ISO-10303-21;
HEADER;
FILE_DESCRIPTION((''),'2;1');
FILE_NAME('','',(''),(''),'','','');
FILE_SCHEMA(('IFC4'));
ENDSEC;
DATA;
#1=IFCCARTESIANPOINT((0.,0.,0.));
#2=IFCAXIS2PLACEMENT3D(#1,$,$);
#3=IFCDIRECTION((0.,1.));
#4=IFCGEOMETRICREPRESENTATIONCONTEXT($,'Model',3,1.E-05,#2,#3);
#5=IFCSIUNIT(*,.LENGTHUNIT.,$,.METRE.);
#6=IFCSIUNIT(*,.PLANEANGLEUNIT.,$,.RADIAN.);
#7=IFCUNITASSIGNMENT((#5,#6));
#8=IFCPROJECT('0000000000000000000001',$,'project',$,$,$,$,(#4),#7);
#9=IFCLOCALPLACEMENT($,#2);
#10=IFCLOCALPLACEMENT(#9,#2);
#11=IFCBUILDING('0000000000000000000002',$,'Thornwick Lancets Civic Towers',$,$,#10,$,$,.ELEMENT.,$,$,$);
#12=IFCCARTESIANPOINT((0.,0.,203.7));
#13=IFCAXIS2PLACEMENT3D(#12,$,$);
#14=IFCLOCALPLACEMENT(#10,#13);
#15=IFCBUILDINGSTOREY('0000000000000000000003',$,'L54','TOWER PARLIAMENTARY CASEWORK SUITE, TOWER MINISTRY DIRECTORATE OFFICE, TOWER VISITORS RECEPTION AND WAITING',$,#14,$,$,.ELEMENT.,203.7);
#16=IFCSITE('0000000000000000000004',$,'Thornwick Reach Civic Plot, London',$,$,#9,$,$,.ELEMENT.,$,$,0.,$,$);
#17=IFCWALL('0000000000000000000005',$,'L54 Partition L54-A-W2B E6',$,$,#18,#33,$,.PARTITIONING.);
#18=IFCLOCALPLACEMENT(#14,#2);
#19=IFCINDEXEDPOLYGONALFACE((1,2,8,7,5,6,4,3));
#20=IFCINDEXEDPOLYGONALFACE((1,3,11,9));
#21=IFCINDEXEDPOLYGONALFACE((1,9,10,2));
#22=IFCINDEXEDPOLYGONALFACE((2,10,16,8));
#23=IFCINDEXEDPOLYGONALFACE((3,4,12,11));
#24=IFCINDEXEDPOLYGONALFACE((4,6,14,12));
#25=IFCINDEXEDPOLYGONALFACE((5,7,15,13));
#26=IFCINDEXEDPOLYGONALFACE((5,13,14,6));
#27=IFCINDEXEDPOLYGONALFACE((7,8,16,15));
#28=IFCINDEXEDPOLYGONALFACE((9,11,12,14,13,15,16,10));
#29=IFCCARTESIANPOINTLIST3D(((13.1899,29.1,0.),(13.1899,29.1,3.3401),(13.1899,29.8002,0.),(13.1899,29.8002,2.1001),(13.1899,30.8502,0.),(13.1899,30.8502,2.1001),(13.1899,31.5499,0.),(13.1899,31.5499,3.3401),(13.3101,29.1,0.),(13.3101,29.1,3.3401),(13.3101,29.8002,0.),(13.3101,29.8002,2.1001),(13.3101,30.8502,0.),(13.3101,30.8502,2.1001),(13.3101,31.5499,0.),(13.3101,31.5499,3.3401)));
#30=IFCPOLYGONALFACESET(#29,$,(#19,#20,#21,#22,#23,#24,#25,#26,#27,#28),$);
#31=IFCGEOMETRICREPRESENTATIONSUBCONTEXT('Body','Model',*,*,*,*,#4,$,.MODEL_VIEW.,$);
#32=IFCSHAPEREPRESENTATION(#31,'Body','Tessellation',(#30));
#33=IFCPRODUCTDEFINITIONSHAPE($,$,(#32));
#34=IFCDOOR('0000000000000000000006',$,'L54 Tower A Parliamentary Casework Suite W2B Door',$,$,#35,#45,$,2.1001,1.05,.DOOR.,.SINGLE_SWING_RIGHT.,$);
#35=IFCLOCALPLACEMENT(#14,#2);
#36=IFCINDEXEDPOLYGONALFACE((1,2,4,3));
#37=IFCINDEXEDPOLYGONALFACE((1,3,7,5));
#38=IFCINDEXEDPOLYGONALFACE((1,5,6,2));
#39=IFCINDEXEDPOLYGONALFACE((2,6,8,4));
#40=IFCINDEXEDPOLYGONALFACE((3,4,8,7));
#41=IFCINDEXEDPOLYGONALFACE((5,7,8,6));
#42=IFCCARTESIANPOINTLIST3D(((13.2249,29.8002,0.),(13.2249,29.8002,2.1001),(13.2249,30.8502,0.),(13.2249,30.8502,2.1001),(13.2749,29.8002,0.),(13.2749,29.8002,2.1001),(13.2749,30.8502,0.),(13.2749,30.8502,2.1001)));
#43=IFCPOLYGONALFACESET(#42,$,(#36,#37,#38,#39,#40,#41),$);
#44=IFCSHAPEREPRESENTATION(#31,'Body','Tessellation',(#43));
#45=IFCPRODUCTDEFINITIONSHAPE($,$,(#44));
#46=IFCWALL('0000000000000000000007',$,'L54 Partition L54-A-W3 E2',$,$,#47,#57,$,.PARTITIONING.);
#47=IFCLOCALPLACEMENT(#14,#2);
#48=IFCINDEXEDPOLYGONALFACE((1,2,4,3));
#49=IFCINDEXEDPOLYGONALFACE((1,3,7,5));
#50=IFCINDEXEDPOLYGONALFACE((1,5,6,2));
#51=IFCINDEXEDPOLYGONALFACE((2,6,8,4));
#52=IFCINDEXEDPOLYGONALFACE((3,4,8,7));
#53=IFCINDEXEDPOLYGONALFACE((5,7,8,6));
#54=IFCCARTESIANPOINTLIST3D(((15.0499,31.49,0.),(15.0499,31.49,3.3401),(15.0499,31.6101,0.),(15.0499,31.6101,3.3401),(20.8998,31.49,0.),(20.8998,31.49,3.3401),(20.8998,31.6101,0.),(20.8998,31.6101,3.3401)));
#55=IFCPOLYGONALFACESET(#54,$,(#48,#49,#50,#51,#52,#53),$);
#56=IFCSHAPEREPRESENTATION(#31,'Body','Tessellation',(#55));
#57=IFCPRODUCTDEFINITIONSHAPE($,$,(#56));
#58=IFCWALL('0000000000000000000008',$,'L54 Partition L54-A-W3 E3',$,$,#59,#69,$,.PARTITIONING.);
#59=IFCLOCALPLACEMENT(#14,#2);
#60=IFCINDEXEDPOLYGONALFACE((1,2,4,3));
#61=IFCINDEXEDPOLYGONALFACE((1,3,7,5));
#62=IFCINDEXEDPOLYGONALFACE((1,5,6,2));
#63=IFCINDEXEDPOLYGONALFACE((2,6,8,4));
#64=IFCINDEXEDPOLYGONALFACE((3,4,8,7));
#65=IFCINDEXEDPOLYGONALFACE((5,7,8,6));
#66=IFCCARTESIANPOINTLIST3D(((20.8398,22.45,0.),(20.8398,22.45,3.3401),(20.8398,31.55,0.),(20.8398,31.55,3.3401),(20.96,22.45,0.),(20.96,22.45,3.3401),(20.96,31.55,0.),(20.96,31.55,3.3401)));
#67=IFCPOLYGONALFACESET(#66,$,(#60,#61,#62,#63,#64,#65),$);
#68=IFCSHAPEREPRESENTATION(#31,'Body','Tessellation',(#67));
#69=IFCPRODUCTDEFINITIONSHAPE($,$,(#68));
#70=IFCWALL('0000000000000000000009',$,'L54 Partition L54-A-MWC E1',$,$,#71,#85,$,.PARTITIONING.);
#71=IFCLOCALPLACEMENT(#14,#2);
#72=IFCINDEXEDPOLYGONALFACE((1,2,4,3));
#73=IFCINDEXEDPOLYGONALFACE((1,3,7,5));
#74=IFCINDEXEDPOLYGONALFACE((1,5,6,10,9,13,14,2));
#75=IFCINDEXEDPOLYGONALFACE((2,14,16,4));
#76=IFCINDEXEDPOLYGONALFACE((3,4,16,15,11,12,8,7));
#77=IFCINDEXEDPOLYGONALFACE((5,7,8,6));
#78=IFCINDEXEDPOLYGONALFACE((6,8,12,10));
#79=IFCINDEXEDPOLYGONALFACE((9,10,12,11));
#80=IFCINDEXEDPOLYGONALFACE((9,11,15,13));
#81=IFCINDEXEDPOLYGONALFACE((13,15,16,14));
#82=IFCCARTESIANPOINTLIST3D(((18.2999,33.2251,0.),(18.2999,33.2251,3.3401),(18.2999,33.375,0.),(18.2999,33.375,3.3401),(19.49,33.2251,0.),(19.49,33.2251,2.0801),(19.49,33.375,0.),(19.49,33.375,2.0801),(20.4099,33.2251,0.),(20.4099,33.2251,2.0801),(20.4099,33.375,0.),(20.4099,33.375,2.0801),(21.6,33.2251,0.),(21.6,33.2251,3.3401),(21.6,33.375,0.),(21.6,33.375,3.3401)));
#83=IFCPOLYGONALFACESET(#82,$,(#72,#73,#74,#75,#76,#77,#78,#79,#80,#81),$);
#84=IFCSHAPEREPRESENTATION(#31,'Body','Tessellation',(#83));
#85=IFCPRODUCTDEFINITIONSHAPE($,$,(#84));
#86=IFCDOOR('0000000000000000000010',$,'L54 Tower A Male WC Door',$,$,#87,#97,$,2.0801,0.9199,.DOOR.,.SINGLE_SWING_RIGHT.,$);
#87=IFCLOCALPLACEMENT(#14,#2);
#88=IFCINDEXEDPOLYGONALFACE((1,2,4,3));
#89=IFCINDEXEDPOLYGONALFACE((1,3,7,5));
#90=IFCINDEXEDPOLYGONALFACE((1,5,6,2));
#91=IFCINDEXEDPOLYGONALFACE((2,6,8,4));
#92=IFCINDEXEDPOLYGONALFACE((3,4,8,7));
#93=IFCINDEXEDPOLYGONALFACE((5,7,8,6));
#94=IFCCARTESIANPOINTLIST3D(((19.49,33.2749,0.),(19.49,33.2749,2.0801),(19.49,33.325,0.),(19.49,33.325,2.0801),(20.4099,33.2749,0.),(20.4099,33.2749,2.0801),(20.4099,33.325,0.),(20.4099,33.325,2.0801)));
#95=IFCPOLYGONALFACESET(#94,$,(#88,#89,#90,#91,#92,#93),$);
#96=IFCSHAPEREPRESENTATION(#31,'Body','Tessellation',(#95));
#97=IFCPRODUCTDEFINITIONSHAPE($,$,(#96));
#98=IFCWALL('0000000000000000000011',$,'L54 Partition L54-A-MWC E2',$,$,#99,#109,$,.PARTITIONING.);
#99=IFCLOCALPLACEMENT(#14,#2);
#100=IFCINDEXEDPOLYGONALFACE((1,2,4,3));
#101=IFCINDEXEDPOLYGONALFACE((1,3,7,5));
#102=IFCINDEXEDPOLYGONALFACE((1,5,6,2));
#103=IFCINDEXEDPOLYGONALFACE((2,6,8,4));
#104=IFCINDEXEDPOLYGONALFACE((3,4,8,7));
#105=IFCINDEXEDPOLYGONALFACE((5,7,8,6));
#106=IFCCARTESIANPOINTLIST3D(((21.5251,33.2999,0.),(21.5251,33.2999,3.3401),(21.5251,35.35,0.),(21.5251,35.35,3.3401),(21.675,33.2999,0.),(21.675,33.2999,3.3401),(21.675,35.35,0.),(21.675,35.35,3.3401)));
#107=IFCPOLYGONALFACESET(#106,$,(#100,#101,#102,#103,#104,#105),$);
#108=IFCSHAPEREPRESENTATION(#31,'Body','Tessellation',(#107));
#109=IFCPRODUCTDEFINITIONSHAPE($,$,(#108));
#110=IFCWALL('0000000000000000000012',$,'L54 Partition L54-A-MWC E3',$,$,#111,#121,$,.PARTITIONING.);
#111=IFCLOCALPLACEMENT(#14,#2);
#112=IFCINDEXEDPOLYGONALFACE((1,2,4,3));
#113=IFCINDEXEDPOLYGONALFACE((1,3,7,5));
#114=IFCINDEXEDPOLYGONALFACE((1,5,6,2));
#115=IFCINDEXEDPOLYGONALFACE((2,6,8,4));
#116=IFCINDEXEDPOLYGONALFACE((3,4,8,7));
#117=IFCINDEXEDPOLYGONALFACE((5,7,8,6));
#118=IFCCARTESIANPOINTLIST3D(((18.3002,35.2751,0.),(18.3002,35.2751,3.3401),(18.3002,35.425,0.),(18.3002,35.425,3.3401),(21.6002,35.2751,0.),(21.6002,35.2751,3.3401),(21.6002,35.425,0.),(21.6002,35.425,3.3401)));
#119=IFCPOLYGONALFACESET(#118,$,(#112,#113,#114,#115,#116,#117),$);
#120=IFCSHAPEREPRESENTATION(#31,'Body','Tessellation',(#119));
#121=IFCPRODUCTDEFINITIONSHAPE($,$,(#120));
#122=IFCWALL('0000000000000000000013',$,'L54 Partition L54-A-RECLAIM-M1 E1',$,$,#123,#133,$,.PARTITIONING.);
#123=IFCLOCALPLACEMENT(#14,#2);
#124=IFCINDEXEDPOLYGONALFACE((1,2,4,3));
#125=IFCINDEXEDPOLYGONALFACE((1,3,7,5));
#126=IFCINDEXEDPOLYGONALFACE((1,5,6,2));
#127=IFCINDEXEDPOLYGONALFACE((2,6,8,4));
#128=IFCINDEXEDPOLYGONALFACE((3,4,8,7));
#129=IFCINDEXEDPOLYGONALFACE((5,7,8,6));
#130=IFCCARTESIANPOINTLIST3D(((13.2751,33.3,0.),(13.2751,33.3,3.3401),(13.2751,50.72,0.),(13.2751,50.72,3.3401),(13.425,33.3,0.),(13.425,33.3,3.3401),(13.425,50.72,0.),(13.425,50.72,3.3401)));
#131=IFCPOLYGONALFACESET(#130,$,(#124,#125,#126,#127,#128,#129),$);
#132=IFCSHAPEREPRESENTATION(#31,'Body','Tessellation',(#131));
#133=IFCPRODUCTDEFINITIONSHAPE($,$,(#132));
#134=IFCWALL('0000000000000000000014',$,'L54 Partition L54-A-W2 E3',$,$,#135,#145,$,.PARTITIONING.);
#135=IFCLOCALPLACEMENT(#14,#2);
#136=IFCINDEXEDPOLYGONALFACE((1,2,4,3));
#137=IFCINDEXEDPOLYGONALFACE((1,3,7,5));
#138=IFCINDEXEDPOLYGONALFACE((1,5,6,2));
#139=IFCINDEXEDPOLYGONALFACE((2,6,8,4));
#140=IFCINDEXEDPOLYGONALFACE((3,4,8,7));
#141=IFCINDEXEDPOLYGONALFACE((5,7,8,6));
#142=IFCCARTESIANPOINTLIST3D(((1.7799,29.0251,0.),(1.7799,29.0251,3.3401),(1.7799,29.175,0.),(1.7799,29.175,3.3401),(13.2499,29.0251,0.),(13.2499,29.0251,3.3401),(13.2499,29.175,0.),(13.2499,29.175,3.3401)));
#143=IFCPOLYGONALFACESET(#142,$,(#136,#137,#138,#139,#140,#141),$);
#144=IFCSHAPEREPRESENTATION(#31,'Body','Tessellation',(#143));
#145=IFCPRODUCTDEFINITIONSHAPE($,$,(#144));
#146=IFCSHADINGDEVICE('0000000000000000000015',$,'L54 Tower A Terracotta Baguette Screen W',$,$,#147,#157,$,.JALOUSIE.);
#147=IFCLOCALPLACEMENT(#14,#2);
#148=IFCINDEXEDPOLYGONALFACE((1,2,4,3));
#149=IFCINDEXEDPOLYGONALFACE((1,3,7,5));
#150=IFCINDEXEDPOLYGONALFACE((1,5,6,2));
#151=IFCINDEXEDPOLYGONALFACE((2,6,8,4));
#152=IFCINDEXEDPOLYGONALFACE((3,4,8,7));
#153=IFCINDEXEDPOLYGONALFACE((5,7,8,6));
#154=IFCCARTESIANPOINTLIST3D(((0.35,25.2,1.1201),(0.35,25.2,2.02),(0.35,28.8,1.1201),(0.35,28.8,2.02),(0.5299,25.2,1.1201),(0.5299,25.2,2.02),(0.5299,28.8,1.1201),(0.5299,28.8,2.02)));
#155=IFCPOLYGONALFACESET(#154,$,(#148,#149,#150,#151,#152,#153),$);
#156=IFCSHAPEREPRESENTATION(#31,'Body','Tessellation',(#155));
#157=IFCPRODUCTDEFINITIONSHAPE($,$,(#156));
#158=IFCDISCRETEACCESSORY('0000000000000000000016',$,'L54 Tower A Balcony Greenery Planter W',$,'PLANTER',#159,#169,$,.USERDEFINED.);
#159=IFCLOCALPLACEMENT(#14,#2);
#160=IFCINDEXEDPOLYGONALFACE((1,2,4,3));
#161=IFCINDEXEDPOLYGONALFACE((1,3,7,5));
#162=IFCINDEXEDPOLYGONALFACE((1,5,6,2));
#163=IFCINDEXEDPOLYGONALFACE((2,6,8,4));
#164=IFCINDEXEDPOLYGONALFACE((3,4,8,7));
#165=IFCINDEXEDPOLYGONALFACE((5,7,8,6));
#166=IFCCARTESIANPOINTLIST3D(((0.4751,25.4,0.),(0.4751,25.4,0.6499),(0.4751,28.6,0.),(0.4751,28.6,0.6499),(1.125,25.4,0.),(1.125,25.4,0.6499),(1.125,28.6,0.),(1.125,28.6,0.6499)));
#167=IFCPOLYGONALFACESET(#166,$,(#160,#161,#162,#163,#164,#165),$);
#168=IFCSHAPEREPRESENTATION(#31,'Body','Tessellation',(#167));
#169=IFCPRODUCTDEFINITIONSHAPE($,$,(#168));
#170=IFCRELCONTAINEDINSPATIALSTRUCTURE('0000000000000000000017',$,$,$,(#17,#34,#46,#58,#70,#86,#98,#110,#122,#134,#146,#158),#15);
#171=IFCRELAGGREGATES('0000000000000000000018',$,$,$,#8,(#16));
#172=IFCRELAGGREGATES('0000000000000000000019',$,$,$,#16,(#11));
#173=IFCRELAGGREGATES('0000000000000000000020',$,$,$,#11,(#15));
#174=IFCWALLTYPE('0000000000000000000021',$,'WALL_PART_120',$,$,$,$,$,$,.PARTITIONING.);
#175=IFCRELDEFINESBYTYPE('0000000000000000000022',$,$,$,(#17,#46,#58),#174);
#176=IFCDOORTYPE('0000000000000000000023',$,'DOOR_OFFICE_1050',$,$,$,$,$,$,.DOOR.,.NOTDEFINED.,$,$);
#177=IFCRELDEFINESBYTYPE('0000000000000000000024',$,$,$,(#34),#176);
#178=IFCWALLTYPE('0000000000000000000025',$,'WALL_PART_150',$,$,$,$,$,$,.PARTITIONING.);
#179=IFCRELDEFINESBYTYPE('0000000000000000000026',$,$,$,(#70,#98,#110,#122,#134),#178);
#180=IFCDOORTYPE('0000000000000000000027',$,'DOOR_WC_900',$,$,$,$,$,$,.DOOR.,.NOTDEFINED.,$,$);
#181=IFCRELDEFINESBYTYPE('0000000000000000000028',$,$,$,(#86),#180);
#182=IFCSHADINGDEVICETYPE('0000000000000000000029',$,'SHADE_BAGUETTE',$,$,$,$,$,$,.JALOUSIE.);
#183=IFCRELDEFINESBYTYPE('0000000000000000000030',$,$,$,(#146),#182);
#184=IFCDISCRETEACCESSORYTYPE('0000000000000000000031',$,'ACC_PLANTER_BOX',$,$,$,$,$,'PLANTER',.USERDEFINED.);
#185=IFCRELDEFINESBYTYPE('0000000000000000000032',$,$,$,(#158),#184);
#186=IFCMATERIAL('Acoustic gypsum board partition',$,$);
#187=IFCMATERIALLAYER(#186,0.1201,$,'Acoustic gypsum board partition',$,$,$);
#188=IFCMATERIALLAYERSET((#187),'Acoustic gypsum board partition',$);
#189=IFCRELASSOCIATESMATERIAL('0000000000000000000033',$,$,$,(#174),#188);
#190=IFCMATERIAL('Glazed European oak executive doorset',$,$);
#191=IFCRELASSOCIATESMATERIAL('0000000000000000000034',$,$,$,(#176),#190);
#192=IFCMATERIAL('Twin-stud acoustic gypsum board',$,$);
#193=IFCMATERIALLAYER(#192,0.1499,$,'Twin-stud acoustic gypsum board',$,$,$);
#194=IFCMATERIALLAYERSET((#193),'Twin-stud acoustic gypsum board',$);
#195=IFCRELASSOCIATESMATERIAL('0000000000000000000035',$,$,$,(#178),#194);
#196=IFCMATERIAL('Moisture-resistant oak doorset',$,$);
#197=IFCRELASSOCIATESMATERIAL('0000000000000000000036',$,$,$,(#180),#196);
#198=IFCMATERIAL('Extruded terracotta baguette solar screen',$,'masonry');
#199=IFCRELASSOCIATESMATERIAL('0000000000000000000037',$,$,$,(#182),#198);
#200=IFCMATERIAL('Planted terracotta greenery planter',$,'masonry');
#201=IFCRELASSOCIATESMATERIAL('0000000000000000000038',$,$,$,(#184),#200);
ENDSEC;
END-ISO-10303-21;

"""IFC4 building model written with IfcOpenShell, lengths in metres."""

from ifc_helpers import new_model, si_unit, direction, frame, frame_2d, origin, origin_2d, place, context, subcontext, project, spatial, rectangle, extrude, material, layer, layer_set, type_object, element, fill, save


model = new_model("IFC4")

# Units and contexts
model_context = context("Model", 3, precision=1e-05, world=origin(), true_north=direction((0.0, 1.0)))
body_context = subcontext(model_context, "Body", "Model", "MODEL_VIEW")
ifc_project = project(units=[si_unit("LENGTHUNIT", "METRE"), si_unit("PLANEANGLEUNIT", "RADIAN")], contexts=[model_context])

# Site, building, storey
site_placement = place(None, origin())
site = spatial("IfcSite", under=ifc_project, at=site_placement, Name="Thornwick Reach Civic Plot, London", CompositionType="ELEMENT", RefElevation=0.0)
building_placement = place(site_placement, origin())
building = spatial("IfcBuilding", under=site, at=building_placement, Name="Thornwick Lancets Civic Towers", CompositionType="ELEMENT")
storey_placement = place(building_placement, frame((0.0, 0.0, 203.7)))
storey = spatial("IfcBuildingStorey", under=building, at=storey_placement, Name="L54", Description="TOWER PARLIAMENTARY CASEWORK SUITE, TOWER MINISTRY DIRECTORATE OFFICE, TOWER VISITORS RECEPTION AND WAITING", CompositionType="ELEMENT", Elevation=203.7)

# Shared definitions
ifc_material_1 = material(Name="Acoustic gypsum board partition")
ifc_layer_1 = layer(ifc_material_1, 0.1201, Name="Acoustic gypsum board partition")
ifc_layer_set_1 = layer_set([ifc_layer_1], Name="Acoustic gypsum board partition")
wall_type_1 = type_object("IfcWallType", Name="WALL_PART_120", PredefinedType="PARTITIONING", material=ifc_layer_set_1)
ifc_material_2 = material(Name="Glazed European oak executive doorset")
door_type_1 = type_object("IfcDoorType", Name="DOOR_OFFICE_1050", OperationType="NOTDEFINED", PredefinedType="DOOR", material=ifc_material_2)

# Wall, opening, door
wall_1_placement = place(storey_placement, frame((13.25, 31.55, 0.0), z_axis=(0.0, 0.0, 1.0), x_axis=(0.0, -1.0, 0.0)))
wall_1 = element("IfcWall", 1, at=wall_1_placement, inside=storey, type_object=wall_type_1, Name="L54 Partition L54-A-W2B E6", PredefinedType="PARTITIONING", context=body_context, shape_type="SweptSolid", body=[
    extrude(rectangle(XDim=2.45, YDim=0.1201, at=frame_2d((1.2251, 0.0))), origin(), (0.0, 0.0, 1.0), 3.3401),
])
opening_1_placement = place(wall_1_placement, frame((0.7, 0.0, 0.0)))
opening_1 = element("IfcOpeningElement", 2, at=opening_1_placement, cuts=wall_1, PredefinedType="OPENING", context=body_context, shape_type="SweptSolid", body=[
    extrude(rectangle(XDim=1.05, YDim=2.1001, at=frame_2d((0.5249, 1.05))), frame((0.0, 0.0701, 0.0), z_axis=(0.0, -1.0, 0.0), x_axis=(1.0, 0.0, 0.0)), (0.0, 0.0, 1.0), 0.1401),
])
door_1_placement = place(opening_1_placement, origin())
door_1 = element("IfcDoor", 3, at=door_1_placement, inside=storey, type_object=door_type_1, Name="L54 Tower A Parliamentary Casework Suite W2B Door", OperationType="SINGLE_SWING_RIGHT", OverallHeight=2.1001, OverallWidth=1.05, PredefinedType="DOOR", context=body_context, shape_type="SweptSolid", body=[
    extrude(rectangle(XDim=1.05, YDim=2.1001, at=frame_2d((0.5249, 1.05))), frame((0.0, 0.0249, 0.0), z_axis=(0.0, -1.0, 0.0), x_axis=(1.0, 0.0, 0.0)), (0.0, 0.0, 1.0), 0.05),
])
fill(opening_1, door_1)

# Walls
wall_2_placement = place(storey_placement, frame((15.05, 31.55, 0.0), z_axis=(0.0, 0.0, 1.0), x_axis=(1.0, 0.0, 0.0)))
element("IfcWall", 4, at=wall_2_placement, inside=storey, type_object=wall_type_1, Name="L54 Partition L54-A-W3 E2", PredefinedType="PARTITIONING", context=body_context, shape_type="SweptSolid", body=[
    extrude(rectangle(XDim=5.8499, YDim=0.1201, at=frame_2d((2.9248, 0.0))), origin(), (0.0, 0.0, 1.0), 3.3401),
])
wall_3_placement = place(storey_placement, frame((20.8999, 31.55, 0.0), z_axis=(0.0, 0.0, 1.0), x_axis=(0.0, -1.0, 0.0)))
element("IfcWall", 5, at=wall_3_placement, inside=storey, type_object=wall_type_1, Name="L54 Partition L54-A-W3 E3", PredefinedType="PARTITIONING", context=body_context, shape_type="SweptSolid", body=[
    extrude(rectangle(XDim=9.1001, YDim=0.1201, at=frame_2d((4.55, 0.0))), origin(), (0.0, 0.0, 1.0), 3.3401),
])

# Wall, opening, door
ifc_material_3 = material(Name="Twin-stud acoustic gypsum board")
ifc_layer_2 = layer(ifc_material_3, 0.1499, Name="Twin-stud acoustic gypsum board")
ifc_layer_set_2 = layer_set([ifc_layer_2], Name="Twin-stud acoustic gypsum board")
wall_type_2 = type_object("IfcWallType", Name="WALL_PART_150", PredefinedType="PARTITIONING", material=ifc_layer_set_2)
wall_4_placement = place(storey_placement, frame((18.3, 33.3, 0.0), z_axis=(0.0, 0.0, 1.0), x_axis=(1.0, 0.0, 0.0)))
wall_4 = element("IfcWall", 6, at=wall_4_placement, inside=storey, type_object=wall_type_2, Name="L54 Partition L54-A-MWC E1", PredefinedType="PARTITIONING", context=body_context, shape_type="SweptSolid", body=[
    extrude(rectangle(XDim=3.3, YDim=0.1499, at=frame_2d((1.6499, 0.0))), origin(), (0.0, 0.0, 1.0), 3.3401),
])
opening_2_placement = place(wall_4_placement, frame((1.1899, 0.0, 0.0)))
opening_2 = element("IfcOpeningElement", 7, at=opening_2_placement, cuts=wall_4, PredefinedType="OPENING", context=body_context, shape_type="SweptSolid", body=[
    extrude(rectangle(XDim=0.9199, YDim=2.0801, at=frame_2d((0.46, 1.04))), frame((0.0, 0.085, 0.0), z_axis=(0.0, -1.0, 0.0), x_axis=(1.0, 0.0, 0.0)), (0.0, 0.0, 1.0), 0.1699),
])
ifc_material_4 = material(Name="Moisture-resistant oak doorset")
door_type_2 = type_object("IfcDoorType", Name="DOOR_WC_900", OperationType="NOTDEFINED", PredefinedType="DOOR", material=ifc_material_4)
door_2_placement = place(opening_2_placement, origin())
door_2 = element("IfcDoor", 8, at=door_2_placement, inside=storey, type_object=door_type_2, Name="L54 Tower A Male WC Door", OperationType="SINGLE_SWING_RIGHT", OverallHeight=2.0801, OverallWidth=0.9199, PredefinedType="DOOR", context=body_context, shape_type="SweptSolid", body=[
    extrude(rectangle(XDim=0.9199, YDim=2.0801, at=frame_2d((0.46, 1.04))), frame((0.0, 0.0249, 0.0), z_axis=(0.0, -1.0, 0.0), x_axis=(1.0, 0.0, 0.0)), (0.0, 0.0, 1.0), 0.05),
])
fill(opening_2, door_2)

# Walls
wall_5_placement = place(storey_placement, frame((21.6001, 33.3, 0.0), z_axis=(0.0, 0.0, 1.0), x_axis=(0.0, 1.0, 0.0)))
element("IfcWall", 9, at=wall_5_placement, inside=storey, type_object=wall_type_2, Name="L54 Partition L54-A-MWC E2", PredefinedType="PARTITIONING", context=body_context, shape_type="SweptSolid", body=[
    extrude(rectangle(XDim=2.05, YDim=0.1499, at=frame_2d((1.0249, 0.0))), origin(), (0.0, 0.0, 1.0), 3.3401),
])
wall_6_placement = place(storey_placement, frame((21.6001, 35.3501, 0.0), z_axis=(0.0, 0.0, 1.0), x_axis=(-1.0, 0.0, 0.0)))
element("IfcWall", 10, at=wall_6_placement, inside=storey, type_object=wall_type_2, Name="L54 Partition L54-A-MWC E3", PredefinedType="PARTITIONING", context=body_context, shape_type="SweptSolid", body=[
    extrude(rectangle(XDim=3.3, YDim=0.1499, at=frame_2d((1.6499, 0.0))), origin(), (0.0, 0.0, 1.0), 3.3401),
])
wall_7_placement = place(storey_placement, frame((13.3501, 33.3, 0.0), z_axis=(0.0, 0.0, 1.0), x_axis=(0.0, 1.0, 0.0)))
element("IfcWall", 11, at=wall_7_placement, inside=storey, type_object=wall_type_2, Name="L54 Partition L54-A-RECLAIM-M1 E1", PredefinedType="PARTITIONING", context=body_context, shape_type="SweptSolid", body=[
    extrude(rectangle(XDim=17.4199, YDim=0.1499, at=frame_2d((8.71, 0.0))), origin(), (0.0, 0.0, 1.0), 3.3401),
])

# Wall
wall_8_placement = place(storey_placement, frame((1.78, 29.1001, 0.0), z_axis=(0.0, 0.0, 1.0), x_axis=(1.0, 0.0, 0.0)))
element("IfcWall", 12, at=wall_8_placement, inside=storey, type_object=wall_type_2, Name="L54 Partition L54-A-W2 E3", PredefinedType="PARTITIONING", context=body_context, shape_type="SweptSolid", body=[
    extrude(rectangle(XDim=11.47, YDim=0.1499, at=frame_2d((5.7349, 0.0))), origin(), (0.0, 0.0, 1.0), 3.3401),
])

# Shading device
ifc_material_5 = material(Name="Extruded terracotta baguette solar screen", Category="masonry")
shading_device_type = type_object("IfcShadingDeviceType", Name="SHADE_BAGUETTE", PredefinedType="JALOUSIE", material=ifc_material_5)
shading_device_placement = place(storey_placement, frame((0.4399, 27.0, 1.1201), z_axis=(0.0, 0.0, 1.0), x_axis=(0.0, 1.0, 0.0)))
element("IfcShadingDevice", 13, at=shading_device_placement, inside=storey, type_object=shading_device_type, Name="L54 Tower A Terracotta Baguette Screen W", PredefinedType="JALOUSIE", context=body_context, shape_type="SweptSolid", body=[
    extrude(rectangle(XDim=3.6001, YDim=0.1799, at=origin_2d()), origin(), (0.0, 0.0, 1.0), 0.8999),
])

# Discrete accessory
ifc_material_6 = material(Name="Planted terracotta greenery planter", Category="masonry")
discrete_accessory_type_1 = type_object("IfcDiscreteAccessoryType", Name="ACC_PLANTER_BOX", ElementType="PLANTER", PredefinedType="USERDEFINED", material=ifc_material_6)
discrete_accessory_1_placement = place(storey_placement, frame((0.8, 27.0, 0.0), z_axis=(0.0, 0.0, 1.0), x_axis=(1.0, 0.0, 0.0)))
element("IfcDiscreteAccessory", 14, at=discrete_accessory_1_placement, inside=storey, type_object=discrete_accessory_type_1, Name="L54 Tower A Balcony Greenery Planter W", ObjectType="PLANTER", PredefinedType="USERDEFINED", context=body_context, shape_type="SweptSolid", body=[
    extrude(rectangle(XDim=0.6499, YDim=3.2, at=origin_2d()), origin(), (0.0, 0.0, 1.0), 0.6499),
])

save(model, "model.ifc")
